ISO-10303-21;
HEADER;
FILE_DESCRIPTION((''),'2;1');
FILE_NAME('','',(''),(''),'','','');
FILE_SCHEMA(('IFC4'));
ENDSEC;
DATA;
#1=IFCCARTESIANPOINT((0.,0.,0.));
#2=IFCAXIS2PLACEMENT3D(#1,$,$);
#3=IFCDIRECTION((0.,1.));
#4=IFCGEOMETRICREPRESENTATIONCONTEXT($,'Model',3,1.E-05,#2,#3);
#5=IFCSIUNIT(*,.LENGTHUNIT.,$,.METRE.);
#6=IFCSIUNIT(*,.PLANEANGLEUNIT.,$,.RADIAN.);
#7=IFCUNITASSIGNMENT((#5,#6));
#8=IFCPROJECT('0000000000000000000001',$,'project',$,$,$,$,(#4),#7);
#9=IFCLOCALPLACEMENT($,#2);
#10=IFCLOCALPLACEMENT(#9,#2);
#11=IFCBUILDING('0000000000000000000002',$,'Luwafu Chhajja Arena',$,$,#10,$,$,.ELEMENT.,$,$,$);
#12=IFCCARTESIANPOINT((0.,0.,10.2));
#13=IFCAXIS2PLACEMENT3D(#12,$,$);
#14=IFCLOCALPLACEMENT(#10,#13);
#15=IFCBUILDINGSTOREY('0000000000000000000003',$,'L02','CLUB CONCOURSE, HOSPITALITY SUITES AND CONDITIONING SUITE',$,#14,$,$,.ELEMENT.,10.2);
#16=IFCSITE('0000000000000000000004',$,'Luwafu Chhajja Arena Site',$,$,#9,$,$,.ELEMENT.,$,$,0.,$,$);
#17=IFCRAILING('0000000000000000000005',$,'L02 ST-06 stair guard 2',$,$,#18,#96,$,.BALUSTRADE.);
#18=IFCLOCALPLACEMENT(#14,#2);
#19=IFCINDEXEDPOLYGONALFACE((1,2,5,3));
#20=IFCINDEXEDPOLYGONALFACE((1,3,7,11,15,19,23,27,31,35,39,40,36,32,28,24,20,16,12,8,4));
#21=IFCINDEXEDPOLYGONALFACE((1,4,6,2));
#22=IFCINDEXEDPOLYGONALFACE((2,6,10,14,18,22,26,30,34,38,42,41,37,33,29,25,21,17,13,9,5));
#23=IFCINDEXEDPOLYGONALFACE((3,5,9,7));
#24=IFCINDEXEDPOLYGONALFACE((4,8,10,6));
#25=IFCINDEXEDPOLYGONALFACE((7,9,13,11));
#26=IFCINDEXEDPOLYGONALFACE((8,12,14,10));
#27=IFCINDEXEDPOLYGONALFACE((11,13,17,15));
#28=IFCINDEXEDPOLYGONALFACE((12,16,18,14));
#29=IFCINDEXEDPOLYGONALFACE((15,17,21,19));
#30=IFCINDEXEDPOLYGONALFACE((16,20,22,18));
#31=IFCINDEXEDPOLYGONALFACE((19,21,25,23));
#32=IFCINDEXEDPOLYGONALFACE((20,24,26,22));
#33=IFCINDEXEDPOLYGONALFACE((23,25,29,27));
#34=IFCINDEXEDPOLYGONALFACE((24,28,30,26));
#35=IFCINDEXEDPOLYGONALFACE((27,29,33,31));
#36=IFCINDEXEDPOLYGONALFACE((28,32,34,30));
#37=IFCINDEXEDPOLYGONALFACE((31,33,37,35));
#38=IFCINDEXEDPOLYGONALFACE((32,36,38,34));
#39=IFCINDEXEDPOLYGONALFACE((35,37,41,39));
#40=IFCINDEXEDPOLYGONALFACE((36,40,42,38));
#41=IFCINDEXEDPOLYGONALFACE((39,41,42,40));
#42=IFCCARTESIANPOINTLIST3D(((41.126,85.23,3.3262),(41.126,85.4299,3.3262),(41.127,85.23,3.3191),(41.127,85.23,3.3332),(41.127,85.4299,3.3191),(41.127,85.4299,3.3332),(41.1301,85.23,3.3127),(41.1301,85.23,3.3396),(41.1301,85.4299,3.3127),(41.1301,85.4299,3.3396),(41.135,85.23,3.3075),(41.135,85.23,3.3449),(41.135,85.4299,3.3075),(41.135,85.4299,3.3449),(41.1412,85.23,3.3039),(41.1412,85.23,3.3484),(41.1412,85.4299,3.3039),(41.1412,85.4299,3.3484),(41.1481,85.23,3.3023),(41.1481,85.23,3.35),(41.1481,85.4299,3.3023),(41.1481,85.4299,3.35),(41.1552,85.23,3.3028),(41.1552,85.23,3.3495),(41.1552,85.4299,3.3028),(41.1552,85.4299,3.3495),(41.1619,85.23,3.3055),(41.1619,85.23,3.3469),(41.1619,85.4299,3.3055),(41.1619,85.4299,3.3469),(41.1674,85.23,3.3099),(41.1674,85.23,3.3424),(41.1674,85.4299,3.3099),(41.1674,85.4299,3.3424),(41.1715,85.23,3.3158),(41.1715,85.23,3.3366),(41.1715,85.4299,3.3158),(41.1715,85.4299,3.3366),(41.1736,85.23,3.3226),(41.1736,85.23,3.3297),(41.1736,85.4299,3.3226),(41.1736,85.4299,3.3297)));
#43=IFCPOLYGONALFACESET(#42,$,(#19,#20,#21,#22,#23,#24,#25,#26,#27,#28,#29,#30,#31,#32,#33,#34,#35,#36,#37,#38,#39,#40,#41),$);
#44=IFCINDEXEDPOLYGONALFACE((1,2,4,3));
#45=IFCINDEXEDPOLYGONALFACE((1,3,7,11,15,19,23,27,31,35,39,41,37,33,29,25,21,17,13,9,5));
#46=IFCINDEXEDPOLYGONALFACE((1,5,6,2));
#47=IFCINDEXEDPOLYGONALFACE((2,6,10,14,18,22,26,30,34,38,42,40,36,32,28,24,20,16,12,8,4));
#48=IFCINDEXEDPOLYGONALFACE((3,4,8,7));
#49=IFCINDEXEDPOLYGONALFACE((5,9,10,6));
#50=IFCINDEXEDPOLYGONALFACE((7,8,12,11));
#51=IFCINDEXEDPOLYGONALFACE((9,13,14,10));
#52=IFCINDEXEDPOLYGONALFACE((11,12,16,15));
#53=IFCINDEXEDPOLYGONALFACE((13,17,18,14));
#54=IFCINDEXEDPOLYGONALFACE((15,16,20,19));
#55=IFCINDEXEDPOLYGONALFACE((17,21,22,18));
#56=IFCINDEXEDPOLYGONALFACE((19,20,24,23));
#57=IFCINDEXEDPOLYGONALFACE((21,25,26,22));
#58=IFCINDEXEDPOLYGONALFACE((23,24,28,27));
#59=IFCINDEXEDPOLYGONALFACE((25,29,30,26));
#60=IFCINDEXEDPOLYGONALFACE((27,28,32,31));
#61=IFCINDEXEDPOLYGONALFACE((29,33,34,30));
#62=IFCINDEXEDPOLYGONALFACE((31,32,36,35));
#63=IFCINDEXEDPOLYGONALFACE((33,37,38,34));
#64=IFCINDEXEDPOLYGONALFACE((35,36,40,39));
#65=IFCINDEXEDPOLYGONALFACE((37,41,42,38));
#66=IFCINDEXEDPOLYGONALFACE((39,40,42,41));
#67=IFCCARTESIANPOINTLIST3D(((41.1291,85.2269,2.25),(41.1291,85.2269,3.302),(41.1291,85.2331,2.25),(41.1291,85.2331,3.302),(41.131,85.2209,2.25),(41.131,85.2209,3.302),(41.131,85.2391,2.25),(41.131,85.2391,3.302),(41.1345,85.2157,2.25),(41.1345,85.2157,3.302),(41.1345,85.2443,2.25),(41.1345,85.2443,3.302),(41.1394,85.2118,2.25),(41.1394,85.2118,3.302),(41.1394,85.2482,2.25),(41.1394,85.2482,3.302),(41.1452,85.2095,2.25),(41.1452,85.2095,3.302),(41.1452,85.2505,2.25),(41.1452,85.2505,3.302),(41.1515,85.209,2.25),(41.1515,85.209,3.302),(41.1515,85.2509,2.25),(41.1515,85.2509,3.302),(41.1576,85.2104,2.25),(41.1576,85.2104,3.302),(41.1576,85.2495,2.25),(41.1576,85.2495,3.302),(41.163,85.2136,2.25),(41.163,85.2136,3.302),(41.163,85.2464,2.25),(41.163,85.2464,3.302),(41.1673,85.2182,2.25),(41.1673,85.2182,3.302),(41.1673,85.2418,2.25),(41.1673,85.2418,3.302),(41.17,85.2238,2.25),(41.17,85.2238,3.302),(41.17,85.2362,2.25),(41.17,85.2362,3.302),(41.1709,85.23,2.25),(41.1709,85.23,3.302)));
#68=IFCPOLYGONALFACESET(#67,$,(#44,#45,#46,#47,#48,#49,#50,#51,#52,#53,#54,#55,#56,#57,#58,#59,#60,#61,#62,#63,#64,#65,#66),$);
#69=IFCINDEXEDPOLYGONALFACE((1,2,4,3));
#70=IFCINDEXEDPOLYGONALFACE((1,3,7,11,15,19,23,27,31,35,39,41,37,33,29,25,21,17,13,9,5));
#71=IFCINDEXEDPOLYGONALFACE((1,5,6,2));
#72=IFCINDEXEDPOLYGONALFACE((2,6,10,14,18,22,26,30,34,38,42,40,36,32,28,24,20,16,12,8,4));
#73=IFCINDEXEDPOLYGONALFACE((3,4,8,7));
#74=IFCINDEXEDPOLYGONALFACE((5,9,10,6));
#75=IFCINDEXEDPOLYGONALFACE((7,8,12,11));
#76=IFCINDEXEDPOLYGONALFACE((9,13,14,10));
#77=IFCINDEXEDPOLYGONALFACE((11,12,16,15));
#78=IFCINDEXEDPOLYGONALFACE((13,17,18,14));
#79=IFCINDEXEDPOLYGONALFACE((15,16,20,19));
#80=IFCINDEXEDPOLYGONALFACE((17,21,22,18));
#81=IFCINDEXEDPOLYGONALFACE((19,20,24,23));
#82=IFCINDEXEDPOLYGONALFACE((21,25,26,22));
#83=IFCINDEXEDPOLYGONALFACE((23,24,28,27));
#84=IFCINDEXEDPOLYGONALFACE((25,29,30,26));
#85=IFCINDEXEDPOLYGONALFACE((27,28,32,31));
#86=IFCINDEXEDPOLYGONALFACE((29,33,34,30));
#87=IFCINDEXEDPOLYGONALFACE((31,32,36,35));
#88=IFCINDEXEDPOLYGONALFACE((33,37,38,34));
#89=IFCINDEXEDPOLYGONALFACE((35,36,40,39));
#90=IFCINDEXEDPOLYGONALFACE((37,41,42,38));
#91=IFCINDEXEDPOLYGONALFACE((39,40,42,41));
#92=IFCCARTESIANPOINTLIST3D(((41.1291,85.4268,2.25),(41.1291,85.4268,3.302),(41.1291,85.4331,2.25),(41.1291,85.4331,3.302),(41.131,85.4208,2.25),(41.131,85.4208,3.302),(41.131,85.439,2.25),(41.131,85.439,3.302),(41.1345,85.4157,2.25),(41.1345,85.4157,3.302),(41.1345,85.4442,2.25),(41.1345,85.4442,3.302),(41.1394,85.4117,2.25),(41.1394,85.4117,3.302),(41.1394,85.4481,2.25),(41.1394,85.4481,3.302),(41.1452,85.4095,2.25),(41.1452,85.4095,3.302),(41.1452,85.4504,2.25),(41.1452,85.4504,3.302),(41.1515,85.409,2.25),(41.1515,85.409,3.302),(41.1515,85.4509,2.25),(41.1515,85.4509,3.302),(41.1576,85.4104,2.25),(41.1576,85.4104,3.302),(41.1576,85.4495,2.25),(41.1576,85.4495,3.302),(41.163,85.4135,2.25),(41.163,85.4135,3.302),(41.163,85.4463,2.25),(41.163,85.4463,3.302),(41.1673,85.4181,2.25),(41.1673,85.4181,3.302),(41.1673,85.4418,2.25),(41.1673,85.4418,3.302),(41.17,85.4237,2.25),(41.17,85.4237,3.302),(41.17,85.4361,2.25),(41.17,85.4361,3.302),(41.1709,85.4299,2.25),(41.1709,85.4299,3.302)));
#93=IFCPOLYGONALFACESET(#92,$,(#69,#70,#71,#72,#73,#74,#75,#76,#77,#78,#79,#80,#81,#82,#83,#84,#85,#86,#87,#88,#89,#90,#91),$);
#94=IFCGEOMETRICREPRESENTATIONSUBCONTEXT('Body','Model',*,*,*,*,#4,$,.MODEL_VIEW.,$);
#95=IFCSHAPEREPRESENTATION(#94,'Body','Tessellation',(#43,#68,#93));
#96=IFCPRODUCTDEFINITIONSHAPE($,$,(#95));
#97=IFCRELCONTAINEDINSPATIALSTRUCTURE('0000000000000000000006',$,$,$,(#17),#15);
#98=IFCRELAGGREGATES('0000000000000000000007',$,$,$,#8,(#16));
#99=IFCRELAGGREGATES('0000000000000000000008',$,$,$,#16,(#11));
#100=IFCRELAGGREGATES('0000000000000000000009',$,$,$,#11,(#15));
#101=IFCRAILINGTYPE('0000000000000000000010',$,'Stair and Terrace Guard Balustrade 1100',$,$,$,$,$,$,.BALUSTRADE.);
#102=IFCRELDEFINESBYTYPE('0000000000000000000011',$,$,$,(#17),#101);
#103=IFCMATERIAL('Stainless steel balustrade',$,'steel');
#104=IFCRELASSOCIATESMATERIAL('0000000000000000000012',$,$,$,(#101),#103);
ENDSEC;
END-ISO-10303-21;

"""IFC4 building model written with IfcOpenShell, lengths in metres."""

from ifc_helpers import new_model, si_unit, direction, frame, origin, origin_2d, place, context, subcontext, project, spatial, circle, extrude, material, type_object, element, save


model = new_model("IFC4")

# Units and contexts
model_context = context("Model", 3, precision=1e-05, world=origin(), true_north=direction((0.0, 1.0)))
body_context = subcontext(model_context, "Body", "Model", "MODEL_VIEW")
ifc_project = project(units=[si_unit("LENGTHUNIT", "METRE"), si_unit("PLANEANGLEUNIT", "RADIAN")], contexts=[model_context])

# Site, building, storey
site_placement = place(None, origin())
site = spatial("IfcSite", under=ifc_project, at=site_placement, Name="Luwafu Chhajja Arena Site", CompositionType="ELEMENT", RefElevation=0.0)
building_placement = place(site_placement, origin())
building = spatial("IfcBuilding", under=site, at=building_placement, Name="Luwafu Chhajja Arena", CompositionType="ELEMENT")
storey_placement = place(building_placement, frame((0.0, 0.0, 10.2)))
storey = spatial("IfcBuildingStorey", under=building, at=storey_placement, Name="L02", Description="CLUB CONCOURSE, HOSPITALITY SUITES AND CONDITIONING SUITE", CompositionType="ELEMENT", Elevation=10.2)

# Railing
ifc_material_1 = material(Name="Stainless steel balustrade", Category="steel")
railing_type_1 = type_object("IfcRailingType", Name="Stair and Terrace Guard Balustrade 1100", PredefinedType="BALUSTRADE", material=ifc_material_1)
railing_1_placement = place(storey_placement, frame((41.1499, 85.23, 2.25)))
element("IfcRailing", 1, at=railing_1_placement, inside=storey, type_object=railing_type_1, Name="L02 ST-06 stair guard 2", PredefinedType="BALUSTRADE", context=body_context, shape_type="SweptSolid", body=[
    extrude(circle(Radius=0.0239, at=origin_2d()), frame((0.0, 0.0, 1.0762), z_axis=(0.0, 1.0, 0.0), x_axis=(-1.0, 0.0, 0.0)), (0.0, 0.0, 1.0), 0.2),
    extrude(circle(Radius=0.021, at=origin_2d()), origin(), (0.0, 0.0, 1.0), 1.052),
    extrude(circle(Radius=0.021, at=origin_2d()), frame((0.0, 0.2, 0.0)), (0.0, 0.0, 1.0), 1.052),
])

save(model, "model.ifc")
